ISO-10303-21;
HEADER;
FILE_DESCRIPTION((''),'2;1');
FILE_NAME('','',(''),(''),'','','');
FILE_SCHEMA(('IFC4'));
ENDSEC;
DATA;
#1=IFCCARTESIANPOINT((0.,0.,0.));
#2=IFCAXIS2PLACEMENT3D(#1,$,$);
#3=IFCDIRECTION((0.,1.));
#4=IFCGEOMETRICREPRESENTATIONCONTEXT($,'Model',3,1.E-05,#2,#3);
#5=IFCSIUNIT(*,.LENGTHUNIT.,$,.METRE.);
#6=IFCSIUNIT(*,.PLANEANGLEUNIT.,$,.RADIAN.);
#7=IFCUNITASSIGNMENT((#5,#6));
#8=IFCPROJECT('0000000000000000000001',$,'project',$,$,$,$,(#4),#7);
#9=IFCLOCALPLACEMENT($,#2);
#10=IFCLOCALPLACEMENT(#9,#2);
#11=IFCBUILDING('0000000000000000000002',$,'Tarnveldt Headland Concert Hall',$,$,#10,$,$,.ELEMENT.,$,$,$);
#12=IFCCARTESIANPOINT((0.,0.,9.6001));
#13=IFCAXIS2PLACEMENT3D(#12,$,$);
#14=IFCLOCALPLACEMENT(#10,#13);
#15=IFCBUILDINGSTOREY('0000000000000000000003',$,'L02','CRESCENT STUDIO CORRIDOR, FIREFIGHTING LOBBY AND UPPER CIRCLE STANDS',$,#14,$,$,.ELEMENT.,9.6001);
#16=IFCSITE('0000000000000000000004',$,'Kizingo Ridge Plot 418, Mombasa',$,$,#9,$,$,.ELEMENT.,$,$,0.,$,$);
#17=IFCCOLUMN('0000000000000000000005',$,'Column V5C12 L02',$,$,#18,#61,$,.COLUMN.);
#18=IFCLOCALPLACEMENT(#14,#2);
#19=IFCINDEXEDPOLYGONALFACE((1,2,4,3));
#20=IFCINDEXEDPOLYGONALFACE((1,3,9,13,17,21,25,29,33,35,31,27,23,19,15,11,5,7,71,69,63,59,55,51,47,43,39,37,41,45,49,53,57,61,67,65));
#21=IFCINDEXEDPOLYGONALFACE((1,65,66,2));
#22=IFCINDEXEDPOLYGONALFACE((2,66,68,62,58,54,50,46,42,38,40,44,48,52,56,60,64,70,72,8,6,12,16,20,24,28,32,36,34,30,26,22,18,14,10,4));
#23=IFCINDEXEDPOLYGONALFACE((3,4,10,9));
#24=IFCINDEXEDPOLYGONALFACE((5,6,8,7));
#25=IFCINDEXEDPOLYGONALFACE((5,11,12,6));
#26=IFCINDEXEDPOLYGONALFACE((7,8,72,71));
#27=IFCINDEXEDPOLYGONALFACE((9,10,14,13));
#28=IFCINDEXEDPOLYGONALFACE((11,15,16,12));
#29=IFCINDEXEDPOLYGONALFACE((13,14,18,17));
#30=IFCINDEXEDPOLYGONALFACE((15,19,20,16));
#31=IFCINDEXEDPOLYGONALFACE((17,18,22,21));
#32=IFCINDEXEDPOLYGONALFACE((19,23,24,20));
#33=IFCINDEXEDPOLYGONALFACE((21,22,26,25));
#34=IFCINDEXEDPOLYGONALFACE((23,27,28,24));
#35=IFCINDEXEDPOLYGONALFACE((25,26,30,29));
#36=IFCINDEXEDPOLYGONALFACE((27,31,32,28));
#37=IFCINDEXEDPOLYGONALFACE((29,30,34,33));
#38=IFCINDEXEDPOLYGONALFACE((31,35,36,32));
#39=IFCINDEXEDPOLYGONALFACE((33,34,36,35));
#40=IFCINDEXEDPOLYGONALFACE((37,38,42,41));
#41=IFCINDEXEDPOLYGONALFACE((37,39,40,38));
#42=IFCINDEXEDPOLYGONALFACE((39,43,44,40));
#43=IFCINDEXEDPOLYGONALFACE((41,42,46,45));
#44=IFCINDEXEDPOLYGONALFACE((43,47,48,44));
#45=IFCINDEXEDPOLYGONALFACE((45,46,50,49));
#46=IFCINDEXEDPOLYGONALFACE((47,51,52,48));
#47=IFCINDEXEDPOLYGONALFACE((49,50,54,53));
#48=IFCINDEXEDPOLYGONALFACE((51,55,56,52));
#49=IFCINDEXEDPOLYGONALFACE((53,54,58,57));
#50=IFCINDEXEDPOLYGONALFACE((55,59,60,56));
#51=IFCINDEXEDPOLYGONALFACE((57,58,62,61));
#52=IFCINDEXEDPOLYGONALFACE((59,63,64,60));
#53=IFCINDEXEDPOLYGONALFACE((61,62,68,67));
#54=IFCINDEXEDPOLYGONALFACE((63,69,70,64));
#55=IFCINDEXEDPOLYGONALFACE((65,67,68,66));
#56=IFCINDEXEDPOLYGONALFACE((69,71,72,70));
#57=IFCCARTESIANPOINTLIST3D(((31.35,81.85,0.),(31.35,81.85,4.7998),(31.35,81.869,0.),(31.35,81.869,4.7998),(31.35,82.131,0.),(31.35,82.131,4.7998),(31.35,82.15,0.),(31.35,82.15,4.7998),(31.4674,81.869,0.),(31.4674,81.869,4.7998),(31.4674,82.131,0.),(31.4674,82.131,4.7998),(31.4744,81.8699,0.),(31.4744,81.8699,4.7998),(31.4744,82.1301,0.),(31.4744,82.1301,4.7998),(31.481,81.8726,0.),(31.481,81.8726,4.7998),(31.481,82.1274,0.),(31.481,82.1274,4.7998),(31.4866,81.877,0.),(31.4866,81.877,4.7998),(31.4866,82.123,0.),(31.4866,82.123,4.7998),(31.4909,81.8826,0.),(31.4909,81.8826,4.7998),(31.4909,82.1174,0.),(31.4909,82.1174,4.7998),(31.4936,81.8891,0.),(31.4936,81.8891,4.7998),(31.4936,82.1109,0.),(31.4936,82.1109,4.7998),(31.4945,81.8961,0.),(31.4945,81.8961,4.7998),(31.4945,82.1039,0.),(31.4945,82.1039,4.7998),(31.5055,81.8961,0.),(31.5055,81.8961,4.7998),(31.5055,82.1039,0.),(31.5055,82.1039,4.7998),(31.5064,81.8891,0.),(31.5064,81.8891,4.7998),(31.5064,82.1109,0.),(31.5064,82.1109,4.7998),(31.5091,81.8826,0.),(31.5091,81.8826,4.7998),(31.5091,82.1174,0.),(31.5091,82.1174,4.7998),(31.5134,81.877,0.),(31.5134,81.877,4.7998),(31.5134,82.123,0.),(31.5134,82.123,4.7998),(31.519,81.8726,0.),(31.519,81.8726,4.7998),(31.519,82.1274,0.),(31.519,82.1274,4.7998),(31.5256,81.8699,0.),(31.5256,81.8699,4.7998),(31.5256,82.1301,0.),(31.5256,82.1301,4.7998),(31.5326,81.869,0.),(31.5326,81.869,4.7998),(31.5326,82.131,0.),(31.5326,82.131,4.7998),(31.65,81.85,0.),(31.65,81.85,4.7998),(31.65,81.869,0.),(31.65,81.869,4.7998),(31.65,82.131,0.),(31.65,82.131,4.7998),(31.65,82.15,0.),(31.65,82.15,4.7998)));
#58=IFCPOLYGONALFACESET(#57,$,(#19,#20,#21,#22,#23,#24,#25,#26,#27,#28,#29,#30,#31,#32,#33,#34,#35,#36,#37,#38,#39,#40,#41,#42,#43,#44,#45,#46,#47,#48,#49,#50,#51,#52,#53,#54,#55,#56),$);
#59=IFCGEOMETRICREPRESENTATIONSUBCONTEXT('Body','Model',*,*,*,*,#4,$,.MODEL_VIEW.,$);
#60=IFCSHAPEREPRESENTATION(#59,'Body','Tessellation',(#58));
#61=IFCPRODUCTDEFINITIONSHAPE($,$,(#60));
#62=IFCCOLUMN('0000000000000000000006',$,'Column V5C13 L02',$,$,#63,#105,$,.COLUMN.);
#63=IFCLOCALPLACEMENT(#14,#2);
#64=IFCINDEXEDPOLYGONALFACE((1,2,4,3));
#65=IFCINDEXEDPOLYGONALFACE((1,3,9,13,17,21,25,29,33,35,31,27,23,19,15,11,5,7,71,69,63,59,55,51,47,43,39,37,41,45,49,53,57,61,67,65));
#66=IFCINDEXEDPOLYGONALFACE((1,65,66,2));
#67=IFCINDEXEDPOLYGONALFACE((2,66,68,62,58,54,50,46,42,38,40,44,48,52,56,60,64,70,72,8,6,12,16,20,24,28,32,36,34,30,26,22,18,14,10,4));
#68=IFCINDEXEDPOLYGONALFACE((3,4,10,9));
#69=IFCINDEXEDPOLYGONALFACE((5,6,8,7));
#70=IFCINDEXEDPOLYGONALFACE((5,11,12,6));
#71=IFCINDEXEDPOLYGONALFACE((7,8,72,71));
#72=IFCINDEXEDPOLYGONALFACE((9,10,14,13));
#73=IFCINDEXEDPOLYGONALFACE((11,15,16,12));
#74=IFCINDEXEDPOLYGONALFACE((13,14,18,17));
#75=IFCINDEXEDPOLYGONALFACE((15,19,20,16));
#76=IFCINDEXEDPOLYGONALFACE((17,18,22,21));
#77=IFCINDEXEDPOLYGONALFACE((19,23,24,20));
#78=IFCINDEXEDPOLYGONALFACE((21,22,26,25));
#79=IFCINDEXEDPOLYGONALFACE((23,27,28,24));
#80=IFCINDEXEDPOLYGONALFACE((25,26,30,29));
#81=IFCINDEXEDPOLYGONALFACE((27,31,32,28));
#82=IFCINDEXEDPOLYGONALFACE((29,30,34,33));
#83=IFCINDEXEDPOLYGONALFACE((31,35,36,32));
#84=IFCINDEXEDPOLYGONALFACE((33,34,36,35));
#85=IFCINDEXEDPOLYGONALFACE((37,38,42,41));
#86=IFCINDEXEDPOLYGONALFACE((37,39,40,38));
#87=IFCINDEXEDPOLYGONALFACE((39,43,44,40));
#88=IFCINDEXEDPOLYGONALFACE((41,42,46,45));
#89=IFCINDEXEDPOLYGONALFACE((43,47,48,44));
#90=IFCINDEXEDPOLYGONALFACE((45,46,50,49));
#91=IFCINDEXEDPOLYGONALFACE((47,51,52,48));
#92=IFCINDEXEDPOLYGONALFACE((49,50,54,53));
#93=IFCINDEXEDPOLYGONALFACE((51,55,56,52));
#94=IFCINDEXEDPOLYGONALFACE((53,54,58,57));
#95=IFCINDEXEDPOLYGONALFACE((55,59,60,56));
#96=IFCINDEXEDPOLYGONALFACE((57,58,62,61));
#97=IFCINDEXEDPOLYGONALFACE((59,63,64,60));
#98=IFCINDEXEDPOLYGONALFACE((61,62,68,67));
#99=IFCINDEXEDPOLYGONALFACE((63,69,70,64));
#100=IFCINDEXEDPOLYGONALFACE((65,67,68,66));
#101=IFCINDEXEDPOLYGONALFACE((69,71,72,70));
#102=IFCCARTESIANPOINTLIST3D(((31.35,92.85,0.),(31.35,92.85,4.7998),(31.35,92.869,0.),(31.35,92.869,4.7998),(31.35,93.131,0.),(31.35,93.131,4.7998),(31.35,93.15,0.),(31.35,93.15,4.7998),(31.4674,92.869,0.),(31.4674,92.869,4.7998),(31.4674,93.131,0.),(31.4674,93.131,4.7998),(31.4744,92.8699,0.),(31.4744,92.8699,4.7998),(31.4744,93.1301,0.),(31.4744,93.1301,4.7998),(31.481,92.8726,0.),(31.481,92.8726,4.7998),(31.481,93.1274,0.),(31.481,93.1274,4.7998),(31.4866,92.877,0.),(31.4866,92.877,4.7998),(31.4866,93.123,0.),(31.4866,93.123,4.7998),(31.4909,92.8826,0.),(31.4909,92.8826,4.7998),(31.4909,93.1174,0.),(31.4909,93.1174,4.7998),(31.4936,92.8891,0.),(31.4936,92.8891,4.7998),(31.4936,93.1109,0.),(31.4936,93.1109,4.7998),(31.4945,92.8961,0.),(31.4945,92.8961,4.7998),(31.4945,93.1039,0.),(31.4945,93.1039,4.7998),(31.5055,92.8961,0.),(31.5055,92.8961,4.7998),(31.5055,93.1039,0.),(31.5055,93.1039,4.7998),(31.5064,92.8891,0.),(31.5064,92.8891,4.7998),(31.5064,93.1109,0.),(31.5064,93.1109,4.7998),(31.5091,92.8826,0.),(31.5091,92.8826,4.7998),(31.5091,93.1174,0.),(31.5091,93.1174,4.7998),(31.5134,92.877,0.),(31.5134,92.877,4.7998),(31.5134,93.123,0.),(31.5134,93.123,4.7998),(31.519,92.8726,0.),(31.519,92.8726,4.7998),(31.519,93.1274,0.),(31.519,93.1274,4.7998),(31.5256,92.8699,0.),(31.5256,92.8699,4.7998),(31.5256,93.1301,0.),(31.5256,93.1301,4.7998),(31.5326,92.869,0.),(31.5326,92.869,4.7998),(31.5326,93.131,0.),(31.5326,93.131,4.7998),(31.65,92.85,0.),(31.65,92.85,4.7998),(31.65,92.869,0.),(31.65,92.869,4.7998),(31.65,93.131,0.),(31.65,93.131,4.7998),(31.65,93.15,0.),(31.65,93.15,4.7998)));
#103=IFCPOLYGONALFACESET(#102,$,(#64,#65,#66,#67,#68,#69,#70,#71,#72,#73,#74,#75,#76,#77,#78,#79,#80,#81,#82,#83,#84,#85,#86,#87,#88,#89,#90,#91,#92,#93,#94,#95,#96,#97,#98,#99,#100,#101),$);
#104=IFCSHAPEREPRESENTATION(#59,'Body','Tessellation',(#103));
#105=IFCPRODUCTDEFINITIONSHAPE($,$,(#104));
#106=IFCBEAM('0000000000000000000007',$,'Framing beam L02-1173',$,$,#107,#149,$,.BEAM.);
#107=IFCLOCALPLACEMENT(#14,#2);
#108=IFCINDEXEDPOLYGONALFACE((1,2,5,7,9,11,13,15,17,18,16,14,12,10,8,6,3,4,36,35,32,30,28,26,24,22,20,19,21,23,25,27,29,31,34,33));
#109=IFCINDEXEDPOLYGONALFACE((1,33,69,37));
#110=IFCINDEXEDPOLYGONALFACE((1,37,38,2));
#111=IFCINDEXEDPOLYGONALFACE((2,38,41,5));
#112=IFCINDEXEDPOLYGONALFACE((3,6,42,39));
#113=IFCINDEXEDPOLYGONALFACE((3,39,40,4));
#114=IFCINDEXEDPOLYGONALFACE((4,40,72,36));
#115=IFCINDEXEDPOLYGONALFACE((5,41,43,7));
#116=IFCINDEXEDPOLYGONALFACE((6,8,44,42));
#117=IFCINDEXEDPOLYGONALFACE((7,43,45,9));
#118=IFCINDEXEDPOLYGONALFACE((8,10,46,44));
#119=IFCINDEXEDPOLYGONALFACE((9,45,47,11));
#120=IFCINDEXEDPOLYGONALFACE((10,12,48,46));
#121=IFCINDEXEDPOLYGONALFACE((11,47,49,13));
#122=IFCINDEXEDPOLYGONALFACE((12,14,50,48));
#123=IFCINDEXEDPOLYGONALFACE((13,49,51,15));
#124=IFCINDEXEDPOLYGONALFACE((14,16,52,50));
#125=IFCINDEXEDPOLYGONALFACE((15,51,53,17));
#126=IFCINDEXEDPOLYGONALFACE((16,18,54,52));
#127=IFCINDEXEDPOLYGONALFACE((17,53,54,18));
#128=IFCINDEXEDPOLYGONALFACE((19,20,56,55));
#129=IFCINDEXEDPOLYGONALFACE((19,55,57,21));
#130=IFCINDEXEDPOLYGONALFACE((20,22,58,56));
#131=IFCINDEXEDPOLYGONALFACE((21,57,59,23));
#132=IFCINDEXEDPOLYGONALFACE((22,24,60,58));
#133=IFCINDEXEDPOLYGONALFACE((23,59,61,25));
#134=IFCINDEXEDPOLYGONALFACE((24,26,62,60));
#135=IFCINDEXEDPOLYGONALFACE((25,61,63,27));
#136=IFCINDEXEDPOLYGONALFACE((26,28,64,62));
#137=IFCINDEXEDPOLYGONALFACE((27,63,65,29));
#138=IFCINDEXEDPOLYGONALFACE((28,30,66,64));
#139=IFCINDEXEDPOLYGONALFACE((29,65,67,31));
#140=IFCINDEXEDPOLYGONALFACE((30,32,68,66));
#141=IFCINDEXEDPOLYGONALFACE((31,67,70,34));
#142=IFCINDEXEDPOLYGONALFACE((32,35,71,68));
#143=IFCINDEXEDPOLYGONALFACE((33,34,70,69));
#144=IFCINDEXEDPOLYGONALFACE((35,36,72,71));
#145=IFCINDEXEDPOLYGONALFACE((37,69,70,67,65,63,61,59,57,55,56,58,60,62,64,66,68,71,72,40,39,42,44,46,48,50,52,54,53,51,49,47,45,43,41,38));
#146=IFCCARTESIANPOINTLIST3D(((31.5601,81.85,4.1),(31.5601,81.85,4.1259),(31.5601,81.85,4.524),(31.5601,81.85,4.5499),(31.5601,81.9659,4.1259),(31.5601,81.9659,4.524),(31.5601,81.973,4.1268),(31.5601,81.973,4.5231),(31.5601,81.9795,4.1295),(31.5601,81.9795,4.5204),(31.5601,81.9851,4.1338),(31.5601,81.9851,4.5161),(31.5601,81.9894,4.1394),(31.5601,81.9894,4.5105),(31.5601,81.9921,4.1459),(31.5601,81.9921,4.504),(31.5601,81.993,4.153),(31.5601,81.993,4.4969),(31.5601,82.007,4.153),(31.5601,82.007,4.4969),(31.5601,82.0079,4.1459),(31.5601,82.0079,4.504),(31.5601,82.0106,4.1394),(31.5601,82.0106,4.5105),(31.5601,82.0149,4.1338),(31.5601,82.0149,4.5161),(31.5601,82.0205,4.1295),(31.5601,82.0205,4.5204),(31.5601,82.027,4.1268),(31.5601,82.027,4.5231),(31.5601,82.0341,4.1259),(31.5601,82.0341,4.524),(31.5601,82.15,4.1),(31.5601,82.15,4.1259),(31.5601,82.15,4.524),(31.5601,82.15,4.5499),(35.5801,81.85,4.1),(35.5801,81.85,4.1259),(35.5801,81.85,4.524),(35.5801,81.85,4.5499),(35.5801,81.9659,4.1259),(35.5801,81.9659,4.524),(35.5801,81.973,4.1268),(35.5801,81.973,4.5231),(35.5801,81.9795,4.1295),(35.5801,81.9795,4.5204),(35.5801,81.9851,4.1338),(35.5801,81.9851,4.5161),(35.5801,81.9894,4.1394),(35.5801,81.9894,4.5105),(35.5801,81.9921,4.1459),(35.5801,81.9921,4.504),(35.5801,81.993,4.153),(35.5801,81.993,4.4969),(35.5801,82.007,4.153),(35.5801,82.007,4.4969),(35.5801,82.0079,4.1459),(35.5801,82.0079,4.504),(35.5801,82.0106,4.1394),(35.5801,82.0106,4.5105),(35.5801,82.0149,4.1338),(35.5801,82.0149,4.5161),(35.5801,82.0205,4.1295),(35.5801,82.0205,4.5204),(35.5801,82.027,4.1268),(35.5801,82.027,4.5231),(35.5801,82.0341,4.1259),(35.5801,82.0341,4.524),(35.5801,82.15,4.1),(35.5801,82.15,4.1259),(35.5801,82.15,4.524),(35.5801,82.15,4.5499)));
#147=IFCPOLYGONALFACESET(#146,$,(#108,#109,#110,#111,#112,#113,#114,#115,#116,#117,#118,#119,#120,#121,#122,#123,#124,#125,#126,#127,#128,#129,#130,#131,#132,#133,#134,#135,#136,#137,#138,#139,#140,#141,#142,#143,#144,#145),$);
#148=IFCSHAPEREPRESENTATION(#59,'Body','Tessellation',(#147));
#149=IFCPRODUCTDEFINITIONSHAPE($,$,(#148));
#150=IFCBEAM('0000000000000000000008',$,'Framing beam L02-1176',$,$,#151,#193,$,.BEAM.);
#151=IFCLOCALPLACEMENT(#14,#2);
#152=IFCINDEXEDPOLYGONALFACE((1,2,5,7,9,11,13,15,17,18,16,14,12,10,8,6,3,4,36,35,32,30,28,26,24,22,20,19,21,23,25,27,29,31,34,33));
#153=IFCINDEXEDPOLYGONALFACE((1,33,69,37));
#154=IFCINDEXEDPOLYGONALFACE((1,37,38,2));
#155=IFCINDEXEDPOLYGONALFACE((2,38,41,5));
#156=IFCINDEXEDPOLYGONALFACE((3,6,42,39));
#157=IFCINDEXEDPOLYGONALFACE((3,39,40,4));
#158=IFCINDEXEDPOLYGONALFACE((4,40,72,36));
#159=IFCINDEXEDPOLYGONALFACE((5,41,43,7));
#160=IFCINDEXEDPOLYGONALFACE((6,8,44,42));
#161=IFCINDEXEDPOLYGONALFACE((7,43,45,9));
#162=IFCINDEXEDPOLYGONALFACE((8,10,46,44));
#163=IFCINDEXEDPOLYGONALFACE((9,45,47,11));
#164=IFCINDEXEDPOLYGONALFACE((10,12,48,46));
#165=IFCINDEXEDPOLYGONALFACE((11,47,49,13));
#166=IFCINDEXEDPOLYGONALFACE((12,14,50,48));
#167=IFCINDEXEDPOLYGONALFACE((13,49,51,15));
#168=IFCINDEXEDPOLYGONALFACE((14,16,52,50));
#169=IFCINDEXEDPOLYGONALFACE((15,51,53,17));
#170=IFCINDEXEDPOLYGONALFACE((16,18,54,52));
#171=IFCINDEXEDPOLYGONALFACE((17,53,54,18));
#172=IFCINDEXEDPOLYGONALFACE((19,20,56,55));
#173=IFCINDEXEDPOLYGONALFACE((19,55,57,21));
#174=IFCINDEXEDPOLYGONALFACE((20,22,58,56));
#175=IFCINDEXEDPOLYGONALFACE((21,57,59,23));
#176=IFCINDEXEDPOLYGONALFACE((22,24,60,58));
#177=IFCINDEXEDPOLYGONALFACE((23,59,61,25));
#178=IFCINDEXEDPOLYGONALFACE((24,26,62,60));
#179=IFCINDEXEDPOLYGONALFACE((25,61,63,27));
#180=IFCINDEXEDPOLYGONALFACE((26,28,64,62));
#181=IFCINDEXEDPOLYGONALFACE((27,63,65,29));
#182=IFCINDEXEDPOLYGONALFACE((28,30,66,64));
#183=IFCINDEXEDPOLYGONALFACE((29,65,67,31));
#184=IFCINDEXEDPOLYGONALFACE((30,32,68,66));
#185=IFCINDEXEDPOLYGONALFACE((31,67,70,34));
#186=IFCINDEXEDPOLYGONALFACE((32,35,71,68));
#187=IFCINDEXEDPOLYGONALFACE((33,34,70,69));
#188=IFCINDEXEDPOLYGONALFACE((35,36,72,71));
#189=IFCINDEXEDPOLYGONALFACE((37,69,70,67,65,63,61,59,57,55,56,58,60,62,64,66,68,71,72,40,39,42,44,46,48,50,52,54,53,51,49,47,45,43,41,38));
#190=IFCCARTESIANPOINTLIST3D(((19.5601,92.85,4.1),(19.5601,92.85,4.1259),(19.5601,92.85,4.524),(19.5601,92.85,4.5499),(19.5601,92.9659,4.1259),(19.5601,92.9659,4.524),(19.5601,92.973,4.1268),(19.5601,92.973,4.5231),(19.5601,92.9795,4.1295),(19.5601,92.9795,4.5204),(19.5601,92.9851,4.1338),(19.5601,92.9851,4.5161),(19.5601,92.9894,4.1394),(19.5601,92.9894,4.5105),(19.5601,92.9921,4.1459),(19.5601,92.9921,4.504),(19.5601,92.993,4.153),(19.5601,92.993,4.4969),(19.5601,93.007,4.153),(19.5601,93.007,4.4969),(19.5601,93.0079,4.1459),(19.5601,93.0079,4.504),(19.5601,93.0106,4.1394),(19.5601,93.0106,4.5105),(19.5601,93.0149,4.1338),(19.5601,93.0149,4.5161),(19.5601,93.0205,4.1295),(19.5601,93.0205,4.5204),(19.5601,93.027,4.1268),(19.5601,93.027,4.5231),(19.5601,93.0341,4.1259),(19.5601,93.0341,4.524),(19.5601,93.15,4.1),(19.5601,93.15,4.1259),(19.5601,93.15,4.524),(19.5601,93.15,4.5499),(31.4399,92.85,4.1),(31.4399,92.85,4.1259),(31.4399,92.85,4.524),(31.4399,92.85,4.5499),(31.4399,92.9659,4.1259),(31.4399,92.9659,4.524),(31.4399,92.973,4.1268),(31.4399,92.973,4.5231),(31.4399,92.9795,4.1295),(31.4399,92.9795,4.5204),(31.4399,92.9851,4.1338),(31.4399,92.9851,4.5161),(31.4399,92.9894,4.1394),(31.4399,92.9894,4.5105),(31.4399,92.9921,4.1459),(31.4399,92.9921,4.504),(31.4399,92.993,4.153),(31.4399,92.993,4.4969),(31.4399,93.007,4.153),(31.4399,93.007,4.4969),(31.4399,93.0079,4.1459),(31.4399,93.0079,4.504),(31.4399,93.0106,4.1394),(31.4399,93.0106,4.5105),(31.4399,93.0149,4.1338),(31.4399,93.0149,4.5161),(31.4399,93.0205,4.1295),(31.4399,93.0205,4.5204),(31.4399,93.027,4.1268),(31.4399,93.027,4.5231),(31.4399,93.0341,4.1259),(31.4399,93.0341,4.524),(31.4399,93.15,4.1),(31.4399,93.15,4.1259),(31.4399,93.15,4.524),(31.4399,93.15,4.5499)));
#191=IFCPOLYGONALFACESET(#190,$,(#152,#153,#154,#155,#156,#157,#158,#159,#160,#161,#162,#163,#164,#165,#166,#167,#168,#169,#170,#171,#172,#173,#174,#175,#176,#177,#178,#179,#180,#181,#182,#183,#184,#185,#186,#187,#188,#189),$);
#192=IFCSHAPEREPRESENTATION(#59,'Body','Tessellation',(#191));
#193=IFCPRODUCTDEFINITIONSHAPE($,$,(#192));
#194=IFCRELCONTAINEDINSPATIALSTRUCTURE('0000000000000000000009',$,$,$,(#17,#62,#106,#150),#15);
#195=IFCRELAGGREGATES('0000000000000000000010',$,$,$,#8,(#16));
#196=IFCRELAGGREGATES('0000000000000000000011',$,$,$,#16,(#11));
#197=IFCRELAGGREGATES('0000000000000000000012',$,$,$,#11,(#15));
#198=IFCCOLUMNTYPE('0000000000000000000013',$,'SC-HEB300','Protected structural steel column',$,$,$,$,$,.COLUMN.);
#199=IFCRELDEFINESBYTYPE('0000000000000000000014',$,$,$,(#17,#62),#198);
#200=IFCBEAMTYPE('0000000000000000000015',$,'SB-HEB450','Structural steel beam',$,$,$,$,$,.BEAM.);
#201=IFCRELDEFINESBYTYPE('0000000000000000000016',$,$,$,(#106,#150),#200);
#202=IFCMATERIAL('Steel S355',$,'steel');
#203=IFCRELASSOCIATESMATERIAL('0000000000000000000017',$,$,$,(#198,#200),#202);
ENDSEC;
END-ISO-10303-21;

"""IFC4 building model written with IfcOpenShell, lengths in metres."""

from ifc_helpers import new_model, si_unit, direction, frame, origin, origin_2d, place, context, subcontext, project, spatial, i_section, extrude, material, material_profile, profile_set, type_object, element, save


model = new_model("IFC4")

# Units and contexts
model_context = context("Model", 3, precision=1e-05, world=origin(), true_north=direction((0.0, 1.0)))
body_context = subcontext(model_context, "Body", "Model", "MODEL_VIEW")
ifc_project = project(units=[si_unit("LENGTHUNIT", "METRE"), si_unit("PLANEANGLEUNIT", "RADIAN")], contexts=[model_context])

# Site, building, storey
site_placement = place(None, origin())
site = spatial("IfcSite", under=ifc_project, at=site_placement, Name="Kizingo Ridge Plot 418, Mombasa", CompositionType="ELEMENT", RefElevation=0.0)
building_placement = place(site_placement, origin())
building = spatial("IfcBuilding", under=site, at=building_placement, Name="Tarnveldt Headland Concert Hall", CompositionType="ELEMENT")
storey_placement = place(building_placement, frame((0.0, 0.0, 9.6001)))
storey = spatial("IfcBuildingStorey", under=building, at=storey_placement, Name="L02", Description="CRESCENT STUDIO CORRIDOR, FIREFIGHTING LOBBY AND UPPER CIRCLE STANDS", CompositionType="ELEMENT", Elevation=9.6001)

# Columns
ifc_material_1 = material(Name="Steel S355", Category="steel")
ifc_material_profile_1 = material_profile(ifc_material_1, i_section(OverallWidth=0.3, OverallDepth=0.3, WebThickness=0.011, FlangeThickness=0.019, FilletRadius=0.0271, at=origin_2d()), Name="HEB300", Category="steel")
ifc_profile_set_1 = profile_set([ifc_material_profile_1], Name="Steel S355")
column_type = type_object("IfcColumnType", Name="SC-HEB300", Description="Protected structural steel column", PredefinedType="COLUMN", material=ifc_profile_set_1)
for number, where, z_axis, x_axis, name in (
    (1, (31.5, 82.0, 0.0), (0.0, 0.0, 1.0), (1.0, 0.0, 0.0), "Column V5C12 L02"),
    (2, (31.5, 93.0, 0.0), (0.0, 0.0, 1.0), (1.0, 0.0, 0.0), "Column V5C13 L02"),
):
    element("IfcColumn", number, at=place(storey_placement, frame(where, z_axis=z_axis, x_axis=x_axis)), inside=storey, type_object=column_type, Name=name, PredefinedType="COLUMN", context=body_context, shape_type="SweptSolid", body=[
        extrude(i_section(OverallWidth=0.3, OverallDepth=0.3, WebThickness=0.011, FlangeThickness=0.019, FilletRadius=0.0271, at=origin_2d()), origin(), (0.0, 0.0, 1.0), 4.7998),
    ])

# Beams
ifc_material_profile_2 = material_profile(ifc_material_1, i_section(OverallWidth=0.3, OverallDepth=0.45, WebThickness=0.0139, FlangeThickness=0.0259, FilletRadius=0.0271, at=origin_2d()), Name="HEB450", Category="steel")
ifc_profile_set_2 = profile_set([ifc_material_profile_2], Name="Steel S355")
beam_type_1 = type_object("IfcBeamType", Name="SB-HEB450", Description="Structural steel beam", PredefinedType="BEAM", material=ifc_profile_set_2)
beam_1_placement = place(storey_placement, frame((31.5601, 82.0, 4.325), z_axis=(1.0, 0.0, 0.0), x_axis=(0.0, 1.0, 0.0)))
element("IfcBeam", 3, at=beam_1_placement, inside=storey, type_object=beam_type_1, Name="Framing beam L02-1173", PredefinedType="BEAM", context=body_context, shape_type="SweptSolid", body=[
    extrude(i_section(OverallWidth=0.3, OverallDepth=0.45, WebThickness=0.0139, FlangeThickness=0.0259, FilletRadius=0.0271, at=origin_2d()), origin(), (0.0, 0.0, 1.0), 4.02),
])
beam_2_placement = place(storey_placement, frame((19.5601, 93.0, 4.325), z_axis=(1.0, 0.0, 0.0), x_axis=(0.0, 1.0, 0.0)))
element("IfcBeam", 4, at=beam_2_placement, inside=storey, type_object=beam_type_1, Name="Framing beam L02-1176", PredefinedType="BEAM", context=body_context, shape_type="SweptSolid", body=[
    extrude(i_section(OverallWidth=0.3, OverallDepth=0.45, WebThickness=0.0139, FlangeThickness=0.0259, FilletRadius=0.0271, at=origin_2d()), origin(), (0.0, 0.0, 1.0), 11.8799),
])

save(model, "model.ifc")
